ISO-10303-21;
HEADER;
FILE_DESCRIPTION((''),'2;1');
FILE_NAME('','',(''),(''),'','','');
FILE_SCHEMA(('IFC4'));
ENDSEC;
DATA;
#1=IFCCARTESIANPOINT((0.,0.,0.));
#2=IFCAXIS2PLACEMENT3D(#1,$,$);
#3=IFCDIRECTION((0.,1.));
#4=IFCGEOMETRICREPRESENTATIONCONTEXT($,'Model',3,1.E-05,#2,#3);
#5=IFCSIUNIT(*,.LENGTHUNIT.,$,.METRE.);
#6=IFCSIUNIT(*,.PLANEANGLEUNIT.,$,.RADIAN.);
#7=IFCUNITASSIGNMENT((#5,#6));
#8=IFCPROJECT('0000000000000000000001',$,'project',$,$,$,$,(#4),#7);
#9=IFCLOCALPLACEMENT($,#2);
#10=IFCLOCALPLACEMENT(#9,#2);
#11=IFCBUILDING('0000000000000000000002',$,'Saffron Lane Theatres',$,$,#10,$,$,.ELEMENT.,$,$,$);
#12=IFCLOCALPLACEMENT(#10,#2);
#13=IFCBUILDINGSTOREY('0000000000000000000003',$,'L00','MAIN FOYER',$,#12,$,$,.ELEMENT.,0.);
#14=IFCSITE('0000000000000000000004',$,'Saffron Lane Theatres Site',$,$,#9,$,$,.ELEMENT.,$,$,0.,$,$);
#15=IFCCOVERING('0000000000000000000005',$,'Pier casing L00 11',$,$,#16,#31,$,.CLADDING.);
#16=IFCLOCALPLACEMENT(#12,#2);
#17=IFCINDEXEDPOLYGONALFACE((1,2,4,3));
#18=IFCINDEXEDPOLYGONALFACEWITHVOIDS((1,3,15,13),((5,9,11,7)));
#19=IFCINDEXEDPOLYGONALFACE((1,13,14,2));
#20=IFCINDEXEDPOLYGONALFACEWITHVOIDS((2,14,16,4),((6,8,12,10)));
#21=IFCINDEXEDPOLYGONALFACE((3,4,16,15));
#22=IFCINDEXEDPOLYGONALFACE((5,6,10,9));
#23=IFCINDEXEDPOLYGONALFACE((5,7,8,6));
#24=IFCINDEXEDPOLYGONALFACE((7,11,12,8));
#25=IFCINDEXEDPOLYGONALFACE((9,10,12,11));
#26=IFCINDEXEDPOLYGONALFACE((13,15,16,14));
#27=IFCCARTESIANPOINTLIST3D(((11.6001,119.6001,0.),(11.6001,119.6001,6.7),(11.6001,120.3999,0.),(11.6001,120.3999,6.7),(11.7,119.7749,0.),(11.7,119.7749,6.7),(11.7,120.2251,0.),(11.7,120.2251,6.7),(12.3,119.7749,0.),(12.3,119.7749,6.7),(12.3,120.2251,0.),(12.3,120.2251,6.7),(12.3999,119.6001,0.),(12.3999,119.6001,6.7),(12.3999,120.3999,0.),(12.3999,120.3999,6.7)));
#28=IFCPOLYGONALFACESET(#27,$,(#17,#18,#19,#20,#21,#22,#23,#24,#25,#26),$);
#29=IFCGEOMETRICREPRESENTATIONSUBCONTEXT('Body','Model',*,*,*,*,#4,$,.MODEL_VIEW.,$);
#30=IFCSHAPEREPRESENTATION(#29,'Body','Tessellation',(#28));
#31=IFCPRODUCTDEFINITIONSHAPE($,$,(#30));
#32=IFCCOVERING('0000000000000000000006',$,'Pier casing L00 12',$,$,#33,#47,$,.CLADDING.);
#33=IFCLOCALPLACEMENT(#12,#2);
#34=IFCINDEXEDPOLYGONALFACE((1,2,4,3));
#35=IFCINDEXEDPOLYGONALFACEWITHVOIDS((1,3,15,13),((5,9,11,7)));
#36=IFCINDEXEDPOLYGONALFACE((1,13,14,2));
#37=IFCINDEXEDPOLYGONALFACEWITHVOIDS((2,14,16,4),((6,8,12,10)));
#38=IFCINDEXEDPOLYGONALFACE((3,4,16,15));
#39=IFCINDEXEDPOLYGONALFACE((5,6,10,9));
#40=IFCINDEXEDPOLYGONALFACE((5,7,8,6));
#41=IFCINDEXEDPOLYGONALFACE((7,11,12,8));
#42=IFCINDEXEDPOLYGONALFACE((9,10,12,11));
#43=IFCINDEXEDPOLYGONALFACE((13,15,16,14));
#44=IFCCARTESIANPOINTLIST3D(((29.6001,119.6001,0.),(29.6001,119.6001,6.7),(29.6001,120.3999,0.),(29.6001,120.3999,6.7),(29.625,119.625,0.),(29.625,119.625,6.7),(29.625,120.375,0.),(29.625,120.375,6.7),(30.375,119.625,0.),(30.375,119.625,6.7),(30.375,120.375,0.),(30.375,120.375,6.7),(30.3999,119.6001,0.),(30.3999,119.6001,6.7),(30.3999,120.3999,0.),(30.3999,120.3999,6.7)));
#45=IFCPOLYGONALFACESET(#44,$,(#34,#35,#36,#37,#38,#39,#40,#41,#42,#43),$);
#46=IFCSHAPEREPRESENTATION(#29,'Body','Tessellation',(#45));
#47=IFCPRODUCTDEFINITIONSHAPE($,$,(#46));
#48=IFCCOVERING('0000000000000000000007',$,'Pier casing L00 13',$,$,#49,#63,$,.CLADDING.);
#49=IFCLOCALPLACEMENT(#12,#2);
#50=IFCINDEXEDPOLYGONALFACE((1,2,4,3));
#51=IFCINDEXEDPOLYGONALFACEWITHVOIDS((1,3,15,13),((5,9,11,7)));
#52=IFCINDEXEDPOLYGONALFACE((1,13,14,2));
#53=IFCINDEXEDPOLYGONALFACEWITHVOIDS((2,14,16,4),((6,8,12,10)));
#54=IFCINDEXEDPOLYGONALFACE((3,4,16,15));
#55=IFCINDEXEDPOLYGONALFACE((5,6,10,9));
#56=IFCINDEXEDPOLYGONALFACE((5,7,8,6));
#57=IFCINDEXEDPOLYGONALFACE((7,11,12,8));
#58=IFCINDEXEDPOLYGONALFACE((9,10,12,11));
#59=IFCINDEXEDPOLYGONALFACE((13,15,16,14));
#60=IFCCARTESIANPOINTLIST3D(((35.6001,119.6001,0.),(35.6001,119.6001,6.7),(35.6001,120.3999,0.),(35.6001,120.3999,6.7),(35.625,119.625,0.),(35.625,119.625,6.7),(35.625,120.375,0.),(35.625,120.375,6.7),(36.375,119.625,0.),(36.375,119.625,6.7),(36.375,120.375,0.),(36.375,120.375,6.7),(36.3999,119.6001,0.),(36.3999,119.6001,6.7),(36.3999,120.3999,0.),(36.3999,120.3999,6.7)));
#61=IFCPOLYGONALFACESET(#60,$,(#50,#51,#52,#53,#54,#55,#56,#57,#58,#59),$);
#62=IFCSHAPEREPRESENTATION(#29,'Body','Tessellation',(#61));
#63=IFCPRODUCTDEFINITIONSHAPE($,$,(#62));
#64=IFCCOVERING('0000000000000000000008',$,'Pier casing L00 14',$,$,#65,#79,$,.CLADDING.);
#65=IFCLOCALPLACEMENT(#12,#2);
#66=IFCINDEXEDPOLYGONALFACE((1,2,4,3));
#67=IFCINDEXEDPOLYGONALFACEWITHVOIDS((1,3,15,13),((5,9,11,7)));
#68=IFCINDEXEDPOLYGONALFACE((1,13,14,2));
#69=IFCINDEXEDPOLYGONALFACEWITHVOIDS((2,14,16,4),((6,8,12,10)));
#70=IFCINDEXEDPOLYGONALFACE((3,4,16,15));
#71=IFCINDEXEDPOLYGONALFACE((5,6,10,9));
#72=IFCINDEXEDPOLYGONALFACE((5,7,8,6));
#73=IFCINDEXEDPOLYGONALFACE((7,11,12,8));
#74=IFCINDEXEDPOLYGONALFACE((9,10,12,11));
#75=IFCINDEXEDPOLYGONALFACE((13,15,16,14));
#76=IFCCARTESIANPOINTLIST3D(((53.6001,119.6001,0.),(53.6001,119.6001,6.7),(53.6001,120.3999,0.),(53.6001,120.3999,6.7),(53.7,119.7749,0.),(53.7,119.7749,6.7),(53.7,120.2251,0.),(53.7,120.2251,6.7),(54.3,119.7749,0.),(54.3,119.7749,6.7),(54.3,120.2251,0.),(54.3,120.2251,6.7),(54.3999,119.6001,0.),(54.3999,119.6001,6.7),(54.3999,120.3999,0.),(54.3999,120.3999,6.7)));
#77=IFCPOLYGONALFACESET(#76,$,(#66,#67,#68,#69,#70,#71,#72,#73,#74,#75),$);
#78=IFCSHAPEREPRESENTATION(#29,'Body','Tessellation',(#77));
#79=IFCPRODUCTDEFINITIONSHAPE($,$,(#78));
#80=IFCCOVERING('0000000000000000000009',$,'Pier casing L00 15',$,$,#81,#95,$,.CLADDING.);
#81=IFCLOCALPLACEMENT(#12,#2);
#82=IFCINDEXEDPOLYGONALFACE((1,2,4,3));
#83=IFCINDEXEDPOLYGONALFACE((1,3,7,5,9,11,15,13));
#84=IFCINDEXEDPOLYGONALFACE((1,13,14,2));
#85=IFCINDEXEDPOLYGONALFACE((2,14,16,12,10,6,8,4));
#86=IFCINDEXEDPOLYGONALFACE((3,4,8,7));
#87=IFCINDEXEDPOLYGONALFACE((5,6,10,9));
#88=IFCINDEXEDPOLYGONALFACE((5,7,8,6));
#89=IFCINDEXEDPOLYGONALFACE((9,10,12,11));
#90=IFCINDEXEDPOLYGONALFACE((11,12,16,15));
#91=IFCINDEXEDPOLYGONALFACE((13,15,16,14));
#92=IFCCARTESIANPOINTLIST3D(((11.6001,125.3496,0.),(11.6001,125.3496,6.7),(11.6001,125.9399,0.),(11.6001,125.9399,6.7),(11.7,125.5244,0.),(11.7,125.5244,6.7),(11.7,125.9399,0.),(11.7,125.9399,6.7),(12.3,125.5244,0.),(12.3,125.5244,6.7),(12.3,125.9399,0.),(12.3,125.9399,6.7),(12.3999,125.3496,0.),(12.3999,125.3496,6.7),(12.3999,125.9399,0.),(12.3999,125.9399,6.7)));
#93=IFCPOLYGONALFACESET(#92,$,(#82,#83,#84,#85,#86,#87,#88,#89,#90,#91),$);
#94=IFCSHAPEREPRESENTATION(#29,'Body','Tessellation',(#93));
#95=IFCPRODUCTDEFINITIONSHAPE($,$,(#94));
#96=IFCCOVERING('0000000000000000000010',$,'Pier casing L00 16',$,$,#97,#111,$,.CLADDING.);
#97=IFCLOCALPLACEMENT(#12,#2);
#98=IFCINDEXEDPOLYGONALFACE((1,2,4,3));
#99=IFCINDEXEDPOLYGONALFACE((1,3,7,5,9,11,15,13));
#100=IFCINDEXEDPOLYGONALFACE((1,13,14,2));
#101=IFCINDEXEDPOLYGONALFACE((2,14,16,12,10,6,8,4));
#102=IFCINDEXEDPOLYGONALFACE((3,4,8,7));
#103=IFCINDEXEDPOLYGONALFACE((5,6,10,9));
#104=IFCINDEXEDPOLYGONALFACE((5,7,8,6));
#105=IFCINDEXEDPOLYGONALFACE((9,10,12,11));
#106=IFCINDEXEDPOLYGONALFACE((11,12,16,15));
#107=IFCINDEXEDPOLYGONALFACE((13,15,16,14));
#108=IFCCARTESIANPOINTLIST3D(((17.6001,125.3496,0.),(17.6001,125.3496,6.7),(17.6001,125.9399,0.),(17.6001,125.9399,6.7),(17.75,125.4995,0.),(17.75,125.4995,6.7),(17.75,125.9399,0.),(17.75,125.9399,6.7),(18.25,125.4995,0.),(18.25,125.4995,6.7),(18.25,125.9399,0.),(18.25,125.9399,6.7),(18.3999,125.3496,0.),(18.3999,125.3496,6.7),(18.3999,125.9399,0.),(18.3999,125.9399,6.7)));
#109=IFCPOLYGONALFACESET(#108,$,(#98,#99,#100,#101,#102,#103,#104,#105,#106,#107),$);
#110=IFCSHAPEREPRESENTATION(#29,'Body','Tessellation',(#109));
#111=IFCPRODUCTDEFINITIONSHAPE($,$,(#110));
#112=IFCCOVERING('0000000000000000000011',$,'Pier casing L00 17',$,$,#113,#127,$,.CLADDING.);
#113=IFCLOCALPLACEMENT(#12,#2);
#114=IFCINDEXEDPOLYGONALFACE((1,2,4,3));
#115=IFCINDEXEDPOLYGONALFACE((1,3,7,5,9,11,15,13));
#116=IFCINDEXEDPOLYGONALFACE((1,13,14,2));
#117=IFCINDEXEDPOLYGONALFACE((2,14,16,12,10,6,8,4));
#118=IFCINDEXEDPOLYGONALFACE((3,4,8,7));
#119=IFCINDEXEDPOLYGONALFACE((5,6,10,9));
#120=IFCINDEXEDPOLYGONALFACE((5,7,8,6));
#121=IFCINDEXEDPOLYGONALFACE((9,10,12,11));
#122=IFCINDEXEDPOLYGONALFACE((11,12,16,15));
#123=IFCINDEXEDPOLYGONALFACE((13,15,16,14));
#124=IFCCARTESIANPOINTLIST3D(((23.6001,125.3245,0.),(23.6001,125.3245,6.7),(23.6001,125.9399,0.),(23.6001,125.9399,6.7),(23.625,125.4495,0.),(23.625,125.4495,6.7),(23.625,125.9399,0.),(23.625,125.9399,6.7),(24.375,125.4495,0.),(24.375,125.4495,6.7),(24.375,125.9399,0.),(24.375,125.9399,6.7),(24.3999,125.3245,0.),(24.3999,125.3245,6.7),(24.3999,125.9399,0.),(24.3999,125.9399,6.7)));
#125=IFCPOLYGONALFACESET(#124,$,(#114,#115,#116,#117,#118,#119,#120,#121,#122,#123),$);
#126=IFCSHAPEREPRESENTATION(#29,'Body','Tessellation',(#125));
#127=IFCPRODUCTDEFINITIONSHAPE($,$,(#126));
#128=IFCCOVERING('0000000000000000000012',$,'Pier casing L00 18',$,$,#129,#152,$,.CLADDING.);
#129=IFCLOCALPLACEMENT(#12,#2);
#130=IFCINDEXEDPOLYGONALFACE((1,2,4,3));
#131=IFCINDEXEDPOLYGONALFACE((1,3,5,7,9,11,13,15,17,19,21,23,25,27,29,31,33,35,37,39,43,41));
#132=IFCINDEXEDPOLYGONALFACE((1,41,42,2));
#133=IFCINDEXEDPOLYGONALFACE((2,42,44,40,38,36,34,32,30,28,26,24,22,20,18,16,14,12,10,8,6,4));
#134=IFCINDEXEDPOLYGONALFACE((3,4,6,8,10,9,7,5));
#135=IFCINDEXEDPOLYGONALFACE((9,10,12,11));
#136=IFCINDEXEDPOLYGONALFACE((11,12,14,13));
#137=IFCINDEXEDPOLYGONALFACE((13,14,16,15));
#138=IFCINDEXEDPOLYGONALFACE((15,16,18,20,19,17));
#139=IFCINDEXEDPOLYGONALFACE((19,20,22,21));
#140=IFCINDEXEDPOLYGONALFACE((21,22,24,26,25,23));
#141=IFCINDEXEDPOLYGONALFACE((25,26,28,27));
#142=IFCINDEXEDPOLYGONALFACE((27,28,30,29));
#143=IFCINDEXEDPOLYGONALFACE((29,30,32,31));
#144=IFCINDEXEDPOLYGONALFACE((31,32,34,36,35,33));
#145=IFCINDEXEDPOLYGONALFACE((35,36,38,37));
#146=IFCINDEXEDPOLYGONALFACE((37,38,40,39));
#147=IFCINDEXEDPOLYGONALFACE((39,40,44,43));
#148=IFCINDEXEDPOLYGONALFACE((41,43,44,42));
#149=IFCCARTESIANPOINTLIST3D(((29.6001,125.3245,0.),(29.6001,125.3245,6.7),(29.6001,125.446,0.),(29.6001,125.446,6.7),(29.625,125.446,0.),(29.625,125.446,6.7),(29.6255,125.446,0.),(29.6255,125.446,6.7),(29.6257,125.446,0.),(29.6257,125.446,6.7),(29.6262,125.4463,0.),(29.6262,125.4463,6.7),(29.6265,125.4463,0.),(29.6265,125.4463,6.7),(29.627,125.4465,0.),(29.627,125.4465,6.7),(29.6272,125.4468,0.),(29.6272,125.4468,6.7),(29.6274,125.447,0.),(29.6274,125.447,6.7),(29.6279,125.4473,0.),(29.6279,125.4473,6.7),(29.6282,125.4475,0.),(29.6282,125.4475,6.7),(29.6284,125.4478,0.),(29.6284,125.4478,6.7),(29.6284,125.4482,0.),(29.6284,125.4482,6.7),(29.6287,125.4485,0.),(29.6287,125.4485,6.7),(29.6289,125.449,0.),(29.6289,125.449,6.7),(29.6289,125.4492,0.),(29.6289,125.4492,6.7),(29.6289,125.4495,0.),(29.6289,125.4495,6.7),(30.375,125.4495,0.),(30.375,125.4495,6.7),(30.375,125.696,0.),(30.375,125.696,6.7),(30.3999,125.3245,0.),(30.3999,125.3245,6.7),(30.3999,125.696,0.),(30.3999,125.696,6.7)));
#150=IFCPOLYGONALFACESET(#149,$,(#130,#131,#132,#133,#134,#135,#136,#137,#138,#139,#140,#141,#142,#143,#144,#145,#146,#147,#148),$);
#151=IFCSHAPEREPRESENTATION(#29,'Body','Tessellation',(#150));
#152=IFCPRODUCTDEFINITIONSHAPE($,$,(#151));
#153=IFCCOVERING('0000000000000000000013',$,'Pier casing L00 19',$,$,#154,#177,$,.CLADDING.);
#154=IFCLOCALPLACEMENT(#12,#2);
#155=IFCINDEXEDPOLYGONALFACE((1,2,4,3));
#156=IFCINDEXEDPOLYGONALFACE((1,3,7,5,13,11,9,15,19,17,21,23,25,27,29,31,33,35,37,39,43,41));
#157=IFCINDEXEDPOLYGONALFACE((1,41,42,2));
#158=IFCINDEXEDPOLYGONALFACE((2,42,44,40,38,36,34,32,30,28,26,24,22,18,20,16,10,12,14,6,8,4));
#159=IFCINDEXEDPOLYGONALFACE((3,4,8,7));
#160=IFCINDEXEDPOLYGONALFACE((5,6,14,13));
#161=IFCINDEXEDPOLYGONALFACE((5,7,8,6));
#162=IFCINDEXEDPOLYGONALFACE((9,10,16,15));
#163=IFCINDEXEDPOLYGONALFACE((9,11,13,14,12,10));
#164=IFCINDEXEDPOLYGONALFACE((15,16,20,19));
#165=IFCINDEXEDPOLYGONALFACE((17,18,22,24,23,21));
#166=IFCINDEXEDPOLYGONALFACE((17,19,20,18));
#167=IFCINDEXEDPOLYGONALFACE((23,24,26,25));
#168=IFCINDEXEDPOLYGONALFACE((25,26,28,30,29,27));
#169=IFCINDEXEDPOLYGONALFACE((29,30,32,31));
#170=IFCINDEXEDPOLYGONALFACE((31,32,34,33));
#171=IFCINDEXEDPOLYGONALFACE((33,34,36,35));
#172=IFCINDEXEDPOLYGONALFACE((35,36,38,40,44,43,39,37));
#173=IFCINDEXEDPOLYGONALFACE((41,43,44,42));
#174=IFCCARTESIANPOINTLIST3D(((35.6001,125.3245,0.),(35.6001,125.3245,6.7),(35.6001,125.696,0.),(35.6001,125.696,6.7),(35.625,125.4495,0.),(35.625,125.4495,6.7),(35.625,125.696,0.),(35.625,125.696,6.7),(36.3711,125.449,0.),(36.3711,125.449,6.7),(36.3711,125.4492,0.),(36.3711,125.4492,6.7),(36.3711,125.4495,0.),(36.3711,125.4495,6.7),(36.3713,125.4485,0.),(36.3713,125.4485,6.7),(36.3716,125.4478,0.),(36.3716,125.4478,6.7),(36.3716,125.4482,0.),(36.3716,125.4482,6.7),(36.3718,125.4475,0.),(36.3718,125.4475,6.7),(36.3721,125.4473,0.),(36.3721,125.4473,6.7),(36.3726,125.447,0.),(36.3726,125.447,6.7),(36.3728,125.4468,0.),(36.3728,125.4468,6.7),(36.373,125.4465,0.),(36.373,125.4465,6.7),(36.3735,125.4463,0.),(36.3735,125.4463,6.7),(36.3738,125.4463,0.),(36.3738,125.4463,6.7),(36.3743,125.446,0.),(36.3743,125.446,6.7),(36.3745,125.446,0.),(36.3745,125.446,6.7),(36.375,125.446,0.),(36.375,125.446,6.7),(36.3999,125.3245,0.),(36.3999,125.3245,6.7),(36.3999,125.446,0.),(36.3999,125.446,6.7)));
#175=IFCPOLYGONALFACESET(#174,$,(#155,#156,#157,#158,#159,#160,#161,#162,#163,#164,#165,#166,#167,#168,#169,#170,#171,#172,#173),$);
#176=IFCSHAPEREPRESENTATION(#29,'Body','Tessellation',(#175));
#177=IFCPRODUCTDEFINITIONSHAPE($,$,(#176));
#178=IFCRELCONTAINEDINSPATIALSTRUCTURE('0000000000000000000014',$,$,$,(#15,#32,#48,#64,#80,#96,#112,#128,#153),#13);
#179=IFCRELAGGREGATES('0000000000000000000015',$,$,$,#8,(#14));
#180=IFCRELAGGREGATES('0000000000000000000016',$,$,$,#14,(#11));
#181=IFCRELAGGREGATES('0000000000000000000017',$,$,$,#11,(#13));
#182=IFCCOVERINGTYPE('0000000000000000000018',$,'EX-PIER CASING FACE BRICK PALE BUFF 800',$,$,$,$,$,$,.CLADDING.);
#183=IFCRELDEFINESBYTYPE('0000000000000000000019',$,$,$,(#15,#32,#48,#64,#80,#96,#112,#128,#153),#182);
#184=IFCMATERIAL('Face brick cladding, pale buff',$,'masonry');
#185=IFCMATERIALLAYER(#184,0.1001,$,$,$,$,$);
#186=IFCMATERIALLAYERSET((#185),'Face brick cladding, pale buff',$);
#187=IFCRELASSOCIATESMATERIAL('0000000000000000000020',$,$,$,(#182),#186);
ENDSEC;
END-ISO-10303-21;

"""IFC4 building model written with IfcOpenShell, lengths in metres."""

from ifc_helpers import new_model, si_unit, direction, origin, place, context, subcontext, project, spatial, polyline, outline, extrude, material, layer, layer_set, type_object, element, save


model = new_model("IFC4")

# Units and contexts
model_context = context("Model", 3, precision=1e-05, world=origin(), true_north=direction((0.0, 1.0)))
body_context = subcontext(model_context, "Body", "Model", "MODEL_VIEW")
ifc_project = project(units=[si_unit("LENGTHUNIT", "METRE"), si_unit("PLANEANGLEUNIT", "RADIAN")], contexts=[model_context])

# Site, building, storey
site_placement = place(None, origin())
site = spatial("IfcSite", under=ifc_project, at=site_placement, Name="Saffron Lane Theatres Site", CompositionType="ELEMENT", RefElevation=0.0)
building_placement = place(site_placement, origin())
building = spatial("IfcBuilding", under=site, at=building_placement, Name="Saffron Lane Theatres", CompositionType="ELEMENT")
storey_placement = place(building_placement, origin())
storey = spatial("IfcBuildingStorey", under=building, at=storey_placement, Name="L00", Description="MAIN FOYER", CompositionType="ELEMENT", Elevation=0.0)

# Coverings
ifc_material_1 = material(Name="Face brick cladding, pale buff", Category="masonry")
ifc_layer_1 = layer(ifc_material_1, 0.1001)
ifc_layer_set_1 = layer_set([ifc_layer_1], Name="Face brick cladding, pale buff")
covering_type = type_object("IfcCoveringType", Name="EX-PIER CASING FACE BRICK PALE BUFF 800", PredefinedType="CLADDING", material=ifc_layer_set_1)
covering_1_placement = place(storey_placement, origin())
element("IfcCovering", 1, at=covering_1_placement, inside=storey, type_object=covering_type, Name="Pier casing L00 11", PredefinedType="CLADDING", context=body_context, shape_type="SweptSolid", body=[
    extrude(outline(polyline([(12.3999, 120.3999), (11.6001, 120.3999), (11.6001, 119.6001), (12.3999, 119.6001), (12.3999, 120.3999)]), holes=[polyline([(11.7, 120.2251), (12.3, 120.2251), (12.3, 119.7749), (11.7, 119.7749), (11.7, 120.2251)])]), origin(), (0.0, 0.0, 1.0), 6.7),
])
covering_2_placement = place(storey_placement, origin())
element("IfcCovering", 2, at=covering_2_placement, inside=storey, type_object=covering_type, Name="Pier casing L00 12", PredefinedType="CLADDING", context=body_context, shape_type="SweptSolid", body=[
    extrude(outline(polyline([(30.3999, 120.3999), (29.6001, 120.3999), (29.6001, 119.6001), (30.3999, 119.6001), (30.3999, 120.3999)]), holes=[polyline([(29.625, 120.375), (30.375, 120.375), (30.375, 119.625), (29.625, 119.625), (29.625, 120.375)])]), origin(), (0.0, 0.0, 1.0), 6.7),
])
covering_3_placement = place(storey_placement, origin())
element("IfcCovering", 3, at=covering_3_placement, inside=storey, type_object=covering_type, Name="Pier casing L00 13", PredefinedType="CLADDING", context=body_context, shape_type="SweptSolid", body=[
    extrude(outline(polyline([(36.3999, 120.3999), (35.6001, 120.3999), (35.6001, 119.6001), (36.3999, 119.6001), (36.3999, 120.3999)]), holes=[polyline([(35.625, 120.375), (36.375, 120.375), (36.375, 119.625), (35.625, 119.625), (35.625, 120.375)])]), origin(), (0.0, 0.0, 1.0), 6.7),
])
covering_4_placement = place(storey_placement, origin())
element("IfcCovering", 4, at=covering_4_placement, inside=storey, type_object=covering_type, Name="Pier casing L00 14", PredefinedType="CLADDING", context=body_context, shape_type="SweptSolid", body=[
    extrude(outline(polyline([(54.3999, 120.3999), (53.6001, 120.3999), (53.6001, 119.6001), (54.3999, 119.6001), (54.3999, 120.3999)]), holes=[polyline([(53.7, 120.2251), (54.3, 120.2251), (54.3, 119.7749), (53.7, 119.7749), (53.7, 120.2251)])]), origin(), (0.0, 0.0, 1.0), 6.7),
])
covering_5_placement = place(storey_placement, origin())
element("IfcCovering", 5, at=covering_5_placement, inside=storey, type_object=covering_type, Name="Pier casing L00 15", PredefinedType="CLADDING", context=body_context, shape_type="SweptSolid", body=[
    extrude(outline(polyline([(11.6001, 125.9399), (11.6001, 125.3496), (12.3999, 125.3496), (12.3999, 125.9399), (12.3, 125.9399), (12.3, 125.5244), (11.7, 125.5244), (11.7, 125.9399), (11.6001, 125.9399)])), origin(), (0.0, 0.0, 1.0), 6.7),
])
covering_6_placement = place(storey_placement, origin())
element("IfcCovering", 6, at=covering_6_placement, inside=storey, type_object=covering_type, Name="Pier casing L00 16", PredefinedType="CLADDING", context=body_context, shape_type="SweptSolid", body=[
    extrude(outline(polyline([(17.6001, 125.9399), (17.6001, 125.3496), (18.3999, 125.3496), (18.3999, 125.9399), (18.25, 125.9399), (18.25, 125.4995), (17.75, 125.4995), (17.75, 125.9399), (17.6001, 125.9399)])), origin(), (0.0, 0.0, 1.0), 6.7),
])
covering_7_placement = place(storey_placement, origin())
element("IfcCovering", 7, at=covering_7_placement, inside=storey, type_object=covering_type, Name="Pier casing L00 17", PredefinedType="CLADDING", context=body_context, shape_type="SweptSolid", body=[
    extrude(outline(polyline([(23.6001, 125.9399), (23.6001, 125.3245), (24.3999, 125.3245), (24.3999, 125.9399), (24.375, 125.9399), (24.375, 125.4495), (23.625, 125.4495), (23.625, 125.9399), (23.6001, 125.9399)])), origin(), (0.0, 0.0, 1.0), 6.7),
])
covering_8_placement = place(storey_placement, origin())
element("IfcCovering", 8, at=covering_8_placement, inside=storey, type_object=covering_type, Name="Pier casing L00 18", PredefinedType="CLADDING", context=body_context, shape_type="SweptSolid", body=[
    extrude(outline(polyline([(29.6001, 125.446), (29.6001, 125.3245), (30.3999, 125.3245), (30.3999, 125.696), (30.375, 125.696), (30.375, 125.4495), (29.6289, 125.4495), (29.6289, 125.4492), (29.6289, 125.449), (29.6287, 125.4485), (29.6284, 125.4482), (29.6284, 125.4478), (29.6282, 125.4475), (29.6279, 125.4473), (29.6274, 125.447), (29.6272, 125.4468), (29.627, 125.4465), (29.6265, 125.4463), (29.6262, 125.4463), (29.6257, 125.446), (29.6255, 125.446), (29.625, 125.446), (29.6001, 125.446)])), origin(), (0.0, 0.0, 1.0), 6.7),
])
covering_9_placement = place(storey_placement, origin())
element("IfcCovering", 9, at=covering_9_placement, inside=storey, type_object=covering_type, Name="Pier casing L00 19", PredefinedType="CLADDING", context=body_context, shape_type="SweptSolid", body=[
    extrude(outline(polyline([(35.6001, 125.696), (35.6001, 125.3245), (36.3999, 125.3245), (36.3999, 125.446), (36.375, 125.446), (36.3745, 125.446), (36.3743, 125.446), (36.3738, 125.4463), (36.3735, 125.4463), (36.373, 125.4465), (36.3728, 125.4468), (36.3726, 125.447), (36.3721, 125.4473), (36.3718, 125.4475), (36.3716, 125.4478), (36.3716, 125.4482), (36.3713, 125.4485), (36.3711, 125.449), (36.3711, 125.4492), (36.3711, 125.4495), (35.625, 125.4495), (35.625, 125.696), (35.6001, 125.696)])), origin(), (0.0, 0.0, 1.0), 6.7),
])

save(model, "model.ifc")
